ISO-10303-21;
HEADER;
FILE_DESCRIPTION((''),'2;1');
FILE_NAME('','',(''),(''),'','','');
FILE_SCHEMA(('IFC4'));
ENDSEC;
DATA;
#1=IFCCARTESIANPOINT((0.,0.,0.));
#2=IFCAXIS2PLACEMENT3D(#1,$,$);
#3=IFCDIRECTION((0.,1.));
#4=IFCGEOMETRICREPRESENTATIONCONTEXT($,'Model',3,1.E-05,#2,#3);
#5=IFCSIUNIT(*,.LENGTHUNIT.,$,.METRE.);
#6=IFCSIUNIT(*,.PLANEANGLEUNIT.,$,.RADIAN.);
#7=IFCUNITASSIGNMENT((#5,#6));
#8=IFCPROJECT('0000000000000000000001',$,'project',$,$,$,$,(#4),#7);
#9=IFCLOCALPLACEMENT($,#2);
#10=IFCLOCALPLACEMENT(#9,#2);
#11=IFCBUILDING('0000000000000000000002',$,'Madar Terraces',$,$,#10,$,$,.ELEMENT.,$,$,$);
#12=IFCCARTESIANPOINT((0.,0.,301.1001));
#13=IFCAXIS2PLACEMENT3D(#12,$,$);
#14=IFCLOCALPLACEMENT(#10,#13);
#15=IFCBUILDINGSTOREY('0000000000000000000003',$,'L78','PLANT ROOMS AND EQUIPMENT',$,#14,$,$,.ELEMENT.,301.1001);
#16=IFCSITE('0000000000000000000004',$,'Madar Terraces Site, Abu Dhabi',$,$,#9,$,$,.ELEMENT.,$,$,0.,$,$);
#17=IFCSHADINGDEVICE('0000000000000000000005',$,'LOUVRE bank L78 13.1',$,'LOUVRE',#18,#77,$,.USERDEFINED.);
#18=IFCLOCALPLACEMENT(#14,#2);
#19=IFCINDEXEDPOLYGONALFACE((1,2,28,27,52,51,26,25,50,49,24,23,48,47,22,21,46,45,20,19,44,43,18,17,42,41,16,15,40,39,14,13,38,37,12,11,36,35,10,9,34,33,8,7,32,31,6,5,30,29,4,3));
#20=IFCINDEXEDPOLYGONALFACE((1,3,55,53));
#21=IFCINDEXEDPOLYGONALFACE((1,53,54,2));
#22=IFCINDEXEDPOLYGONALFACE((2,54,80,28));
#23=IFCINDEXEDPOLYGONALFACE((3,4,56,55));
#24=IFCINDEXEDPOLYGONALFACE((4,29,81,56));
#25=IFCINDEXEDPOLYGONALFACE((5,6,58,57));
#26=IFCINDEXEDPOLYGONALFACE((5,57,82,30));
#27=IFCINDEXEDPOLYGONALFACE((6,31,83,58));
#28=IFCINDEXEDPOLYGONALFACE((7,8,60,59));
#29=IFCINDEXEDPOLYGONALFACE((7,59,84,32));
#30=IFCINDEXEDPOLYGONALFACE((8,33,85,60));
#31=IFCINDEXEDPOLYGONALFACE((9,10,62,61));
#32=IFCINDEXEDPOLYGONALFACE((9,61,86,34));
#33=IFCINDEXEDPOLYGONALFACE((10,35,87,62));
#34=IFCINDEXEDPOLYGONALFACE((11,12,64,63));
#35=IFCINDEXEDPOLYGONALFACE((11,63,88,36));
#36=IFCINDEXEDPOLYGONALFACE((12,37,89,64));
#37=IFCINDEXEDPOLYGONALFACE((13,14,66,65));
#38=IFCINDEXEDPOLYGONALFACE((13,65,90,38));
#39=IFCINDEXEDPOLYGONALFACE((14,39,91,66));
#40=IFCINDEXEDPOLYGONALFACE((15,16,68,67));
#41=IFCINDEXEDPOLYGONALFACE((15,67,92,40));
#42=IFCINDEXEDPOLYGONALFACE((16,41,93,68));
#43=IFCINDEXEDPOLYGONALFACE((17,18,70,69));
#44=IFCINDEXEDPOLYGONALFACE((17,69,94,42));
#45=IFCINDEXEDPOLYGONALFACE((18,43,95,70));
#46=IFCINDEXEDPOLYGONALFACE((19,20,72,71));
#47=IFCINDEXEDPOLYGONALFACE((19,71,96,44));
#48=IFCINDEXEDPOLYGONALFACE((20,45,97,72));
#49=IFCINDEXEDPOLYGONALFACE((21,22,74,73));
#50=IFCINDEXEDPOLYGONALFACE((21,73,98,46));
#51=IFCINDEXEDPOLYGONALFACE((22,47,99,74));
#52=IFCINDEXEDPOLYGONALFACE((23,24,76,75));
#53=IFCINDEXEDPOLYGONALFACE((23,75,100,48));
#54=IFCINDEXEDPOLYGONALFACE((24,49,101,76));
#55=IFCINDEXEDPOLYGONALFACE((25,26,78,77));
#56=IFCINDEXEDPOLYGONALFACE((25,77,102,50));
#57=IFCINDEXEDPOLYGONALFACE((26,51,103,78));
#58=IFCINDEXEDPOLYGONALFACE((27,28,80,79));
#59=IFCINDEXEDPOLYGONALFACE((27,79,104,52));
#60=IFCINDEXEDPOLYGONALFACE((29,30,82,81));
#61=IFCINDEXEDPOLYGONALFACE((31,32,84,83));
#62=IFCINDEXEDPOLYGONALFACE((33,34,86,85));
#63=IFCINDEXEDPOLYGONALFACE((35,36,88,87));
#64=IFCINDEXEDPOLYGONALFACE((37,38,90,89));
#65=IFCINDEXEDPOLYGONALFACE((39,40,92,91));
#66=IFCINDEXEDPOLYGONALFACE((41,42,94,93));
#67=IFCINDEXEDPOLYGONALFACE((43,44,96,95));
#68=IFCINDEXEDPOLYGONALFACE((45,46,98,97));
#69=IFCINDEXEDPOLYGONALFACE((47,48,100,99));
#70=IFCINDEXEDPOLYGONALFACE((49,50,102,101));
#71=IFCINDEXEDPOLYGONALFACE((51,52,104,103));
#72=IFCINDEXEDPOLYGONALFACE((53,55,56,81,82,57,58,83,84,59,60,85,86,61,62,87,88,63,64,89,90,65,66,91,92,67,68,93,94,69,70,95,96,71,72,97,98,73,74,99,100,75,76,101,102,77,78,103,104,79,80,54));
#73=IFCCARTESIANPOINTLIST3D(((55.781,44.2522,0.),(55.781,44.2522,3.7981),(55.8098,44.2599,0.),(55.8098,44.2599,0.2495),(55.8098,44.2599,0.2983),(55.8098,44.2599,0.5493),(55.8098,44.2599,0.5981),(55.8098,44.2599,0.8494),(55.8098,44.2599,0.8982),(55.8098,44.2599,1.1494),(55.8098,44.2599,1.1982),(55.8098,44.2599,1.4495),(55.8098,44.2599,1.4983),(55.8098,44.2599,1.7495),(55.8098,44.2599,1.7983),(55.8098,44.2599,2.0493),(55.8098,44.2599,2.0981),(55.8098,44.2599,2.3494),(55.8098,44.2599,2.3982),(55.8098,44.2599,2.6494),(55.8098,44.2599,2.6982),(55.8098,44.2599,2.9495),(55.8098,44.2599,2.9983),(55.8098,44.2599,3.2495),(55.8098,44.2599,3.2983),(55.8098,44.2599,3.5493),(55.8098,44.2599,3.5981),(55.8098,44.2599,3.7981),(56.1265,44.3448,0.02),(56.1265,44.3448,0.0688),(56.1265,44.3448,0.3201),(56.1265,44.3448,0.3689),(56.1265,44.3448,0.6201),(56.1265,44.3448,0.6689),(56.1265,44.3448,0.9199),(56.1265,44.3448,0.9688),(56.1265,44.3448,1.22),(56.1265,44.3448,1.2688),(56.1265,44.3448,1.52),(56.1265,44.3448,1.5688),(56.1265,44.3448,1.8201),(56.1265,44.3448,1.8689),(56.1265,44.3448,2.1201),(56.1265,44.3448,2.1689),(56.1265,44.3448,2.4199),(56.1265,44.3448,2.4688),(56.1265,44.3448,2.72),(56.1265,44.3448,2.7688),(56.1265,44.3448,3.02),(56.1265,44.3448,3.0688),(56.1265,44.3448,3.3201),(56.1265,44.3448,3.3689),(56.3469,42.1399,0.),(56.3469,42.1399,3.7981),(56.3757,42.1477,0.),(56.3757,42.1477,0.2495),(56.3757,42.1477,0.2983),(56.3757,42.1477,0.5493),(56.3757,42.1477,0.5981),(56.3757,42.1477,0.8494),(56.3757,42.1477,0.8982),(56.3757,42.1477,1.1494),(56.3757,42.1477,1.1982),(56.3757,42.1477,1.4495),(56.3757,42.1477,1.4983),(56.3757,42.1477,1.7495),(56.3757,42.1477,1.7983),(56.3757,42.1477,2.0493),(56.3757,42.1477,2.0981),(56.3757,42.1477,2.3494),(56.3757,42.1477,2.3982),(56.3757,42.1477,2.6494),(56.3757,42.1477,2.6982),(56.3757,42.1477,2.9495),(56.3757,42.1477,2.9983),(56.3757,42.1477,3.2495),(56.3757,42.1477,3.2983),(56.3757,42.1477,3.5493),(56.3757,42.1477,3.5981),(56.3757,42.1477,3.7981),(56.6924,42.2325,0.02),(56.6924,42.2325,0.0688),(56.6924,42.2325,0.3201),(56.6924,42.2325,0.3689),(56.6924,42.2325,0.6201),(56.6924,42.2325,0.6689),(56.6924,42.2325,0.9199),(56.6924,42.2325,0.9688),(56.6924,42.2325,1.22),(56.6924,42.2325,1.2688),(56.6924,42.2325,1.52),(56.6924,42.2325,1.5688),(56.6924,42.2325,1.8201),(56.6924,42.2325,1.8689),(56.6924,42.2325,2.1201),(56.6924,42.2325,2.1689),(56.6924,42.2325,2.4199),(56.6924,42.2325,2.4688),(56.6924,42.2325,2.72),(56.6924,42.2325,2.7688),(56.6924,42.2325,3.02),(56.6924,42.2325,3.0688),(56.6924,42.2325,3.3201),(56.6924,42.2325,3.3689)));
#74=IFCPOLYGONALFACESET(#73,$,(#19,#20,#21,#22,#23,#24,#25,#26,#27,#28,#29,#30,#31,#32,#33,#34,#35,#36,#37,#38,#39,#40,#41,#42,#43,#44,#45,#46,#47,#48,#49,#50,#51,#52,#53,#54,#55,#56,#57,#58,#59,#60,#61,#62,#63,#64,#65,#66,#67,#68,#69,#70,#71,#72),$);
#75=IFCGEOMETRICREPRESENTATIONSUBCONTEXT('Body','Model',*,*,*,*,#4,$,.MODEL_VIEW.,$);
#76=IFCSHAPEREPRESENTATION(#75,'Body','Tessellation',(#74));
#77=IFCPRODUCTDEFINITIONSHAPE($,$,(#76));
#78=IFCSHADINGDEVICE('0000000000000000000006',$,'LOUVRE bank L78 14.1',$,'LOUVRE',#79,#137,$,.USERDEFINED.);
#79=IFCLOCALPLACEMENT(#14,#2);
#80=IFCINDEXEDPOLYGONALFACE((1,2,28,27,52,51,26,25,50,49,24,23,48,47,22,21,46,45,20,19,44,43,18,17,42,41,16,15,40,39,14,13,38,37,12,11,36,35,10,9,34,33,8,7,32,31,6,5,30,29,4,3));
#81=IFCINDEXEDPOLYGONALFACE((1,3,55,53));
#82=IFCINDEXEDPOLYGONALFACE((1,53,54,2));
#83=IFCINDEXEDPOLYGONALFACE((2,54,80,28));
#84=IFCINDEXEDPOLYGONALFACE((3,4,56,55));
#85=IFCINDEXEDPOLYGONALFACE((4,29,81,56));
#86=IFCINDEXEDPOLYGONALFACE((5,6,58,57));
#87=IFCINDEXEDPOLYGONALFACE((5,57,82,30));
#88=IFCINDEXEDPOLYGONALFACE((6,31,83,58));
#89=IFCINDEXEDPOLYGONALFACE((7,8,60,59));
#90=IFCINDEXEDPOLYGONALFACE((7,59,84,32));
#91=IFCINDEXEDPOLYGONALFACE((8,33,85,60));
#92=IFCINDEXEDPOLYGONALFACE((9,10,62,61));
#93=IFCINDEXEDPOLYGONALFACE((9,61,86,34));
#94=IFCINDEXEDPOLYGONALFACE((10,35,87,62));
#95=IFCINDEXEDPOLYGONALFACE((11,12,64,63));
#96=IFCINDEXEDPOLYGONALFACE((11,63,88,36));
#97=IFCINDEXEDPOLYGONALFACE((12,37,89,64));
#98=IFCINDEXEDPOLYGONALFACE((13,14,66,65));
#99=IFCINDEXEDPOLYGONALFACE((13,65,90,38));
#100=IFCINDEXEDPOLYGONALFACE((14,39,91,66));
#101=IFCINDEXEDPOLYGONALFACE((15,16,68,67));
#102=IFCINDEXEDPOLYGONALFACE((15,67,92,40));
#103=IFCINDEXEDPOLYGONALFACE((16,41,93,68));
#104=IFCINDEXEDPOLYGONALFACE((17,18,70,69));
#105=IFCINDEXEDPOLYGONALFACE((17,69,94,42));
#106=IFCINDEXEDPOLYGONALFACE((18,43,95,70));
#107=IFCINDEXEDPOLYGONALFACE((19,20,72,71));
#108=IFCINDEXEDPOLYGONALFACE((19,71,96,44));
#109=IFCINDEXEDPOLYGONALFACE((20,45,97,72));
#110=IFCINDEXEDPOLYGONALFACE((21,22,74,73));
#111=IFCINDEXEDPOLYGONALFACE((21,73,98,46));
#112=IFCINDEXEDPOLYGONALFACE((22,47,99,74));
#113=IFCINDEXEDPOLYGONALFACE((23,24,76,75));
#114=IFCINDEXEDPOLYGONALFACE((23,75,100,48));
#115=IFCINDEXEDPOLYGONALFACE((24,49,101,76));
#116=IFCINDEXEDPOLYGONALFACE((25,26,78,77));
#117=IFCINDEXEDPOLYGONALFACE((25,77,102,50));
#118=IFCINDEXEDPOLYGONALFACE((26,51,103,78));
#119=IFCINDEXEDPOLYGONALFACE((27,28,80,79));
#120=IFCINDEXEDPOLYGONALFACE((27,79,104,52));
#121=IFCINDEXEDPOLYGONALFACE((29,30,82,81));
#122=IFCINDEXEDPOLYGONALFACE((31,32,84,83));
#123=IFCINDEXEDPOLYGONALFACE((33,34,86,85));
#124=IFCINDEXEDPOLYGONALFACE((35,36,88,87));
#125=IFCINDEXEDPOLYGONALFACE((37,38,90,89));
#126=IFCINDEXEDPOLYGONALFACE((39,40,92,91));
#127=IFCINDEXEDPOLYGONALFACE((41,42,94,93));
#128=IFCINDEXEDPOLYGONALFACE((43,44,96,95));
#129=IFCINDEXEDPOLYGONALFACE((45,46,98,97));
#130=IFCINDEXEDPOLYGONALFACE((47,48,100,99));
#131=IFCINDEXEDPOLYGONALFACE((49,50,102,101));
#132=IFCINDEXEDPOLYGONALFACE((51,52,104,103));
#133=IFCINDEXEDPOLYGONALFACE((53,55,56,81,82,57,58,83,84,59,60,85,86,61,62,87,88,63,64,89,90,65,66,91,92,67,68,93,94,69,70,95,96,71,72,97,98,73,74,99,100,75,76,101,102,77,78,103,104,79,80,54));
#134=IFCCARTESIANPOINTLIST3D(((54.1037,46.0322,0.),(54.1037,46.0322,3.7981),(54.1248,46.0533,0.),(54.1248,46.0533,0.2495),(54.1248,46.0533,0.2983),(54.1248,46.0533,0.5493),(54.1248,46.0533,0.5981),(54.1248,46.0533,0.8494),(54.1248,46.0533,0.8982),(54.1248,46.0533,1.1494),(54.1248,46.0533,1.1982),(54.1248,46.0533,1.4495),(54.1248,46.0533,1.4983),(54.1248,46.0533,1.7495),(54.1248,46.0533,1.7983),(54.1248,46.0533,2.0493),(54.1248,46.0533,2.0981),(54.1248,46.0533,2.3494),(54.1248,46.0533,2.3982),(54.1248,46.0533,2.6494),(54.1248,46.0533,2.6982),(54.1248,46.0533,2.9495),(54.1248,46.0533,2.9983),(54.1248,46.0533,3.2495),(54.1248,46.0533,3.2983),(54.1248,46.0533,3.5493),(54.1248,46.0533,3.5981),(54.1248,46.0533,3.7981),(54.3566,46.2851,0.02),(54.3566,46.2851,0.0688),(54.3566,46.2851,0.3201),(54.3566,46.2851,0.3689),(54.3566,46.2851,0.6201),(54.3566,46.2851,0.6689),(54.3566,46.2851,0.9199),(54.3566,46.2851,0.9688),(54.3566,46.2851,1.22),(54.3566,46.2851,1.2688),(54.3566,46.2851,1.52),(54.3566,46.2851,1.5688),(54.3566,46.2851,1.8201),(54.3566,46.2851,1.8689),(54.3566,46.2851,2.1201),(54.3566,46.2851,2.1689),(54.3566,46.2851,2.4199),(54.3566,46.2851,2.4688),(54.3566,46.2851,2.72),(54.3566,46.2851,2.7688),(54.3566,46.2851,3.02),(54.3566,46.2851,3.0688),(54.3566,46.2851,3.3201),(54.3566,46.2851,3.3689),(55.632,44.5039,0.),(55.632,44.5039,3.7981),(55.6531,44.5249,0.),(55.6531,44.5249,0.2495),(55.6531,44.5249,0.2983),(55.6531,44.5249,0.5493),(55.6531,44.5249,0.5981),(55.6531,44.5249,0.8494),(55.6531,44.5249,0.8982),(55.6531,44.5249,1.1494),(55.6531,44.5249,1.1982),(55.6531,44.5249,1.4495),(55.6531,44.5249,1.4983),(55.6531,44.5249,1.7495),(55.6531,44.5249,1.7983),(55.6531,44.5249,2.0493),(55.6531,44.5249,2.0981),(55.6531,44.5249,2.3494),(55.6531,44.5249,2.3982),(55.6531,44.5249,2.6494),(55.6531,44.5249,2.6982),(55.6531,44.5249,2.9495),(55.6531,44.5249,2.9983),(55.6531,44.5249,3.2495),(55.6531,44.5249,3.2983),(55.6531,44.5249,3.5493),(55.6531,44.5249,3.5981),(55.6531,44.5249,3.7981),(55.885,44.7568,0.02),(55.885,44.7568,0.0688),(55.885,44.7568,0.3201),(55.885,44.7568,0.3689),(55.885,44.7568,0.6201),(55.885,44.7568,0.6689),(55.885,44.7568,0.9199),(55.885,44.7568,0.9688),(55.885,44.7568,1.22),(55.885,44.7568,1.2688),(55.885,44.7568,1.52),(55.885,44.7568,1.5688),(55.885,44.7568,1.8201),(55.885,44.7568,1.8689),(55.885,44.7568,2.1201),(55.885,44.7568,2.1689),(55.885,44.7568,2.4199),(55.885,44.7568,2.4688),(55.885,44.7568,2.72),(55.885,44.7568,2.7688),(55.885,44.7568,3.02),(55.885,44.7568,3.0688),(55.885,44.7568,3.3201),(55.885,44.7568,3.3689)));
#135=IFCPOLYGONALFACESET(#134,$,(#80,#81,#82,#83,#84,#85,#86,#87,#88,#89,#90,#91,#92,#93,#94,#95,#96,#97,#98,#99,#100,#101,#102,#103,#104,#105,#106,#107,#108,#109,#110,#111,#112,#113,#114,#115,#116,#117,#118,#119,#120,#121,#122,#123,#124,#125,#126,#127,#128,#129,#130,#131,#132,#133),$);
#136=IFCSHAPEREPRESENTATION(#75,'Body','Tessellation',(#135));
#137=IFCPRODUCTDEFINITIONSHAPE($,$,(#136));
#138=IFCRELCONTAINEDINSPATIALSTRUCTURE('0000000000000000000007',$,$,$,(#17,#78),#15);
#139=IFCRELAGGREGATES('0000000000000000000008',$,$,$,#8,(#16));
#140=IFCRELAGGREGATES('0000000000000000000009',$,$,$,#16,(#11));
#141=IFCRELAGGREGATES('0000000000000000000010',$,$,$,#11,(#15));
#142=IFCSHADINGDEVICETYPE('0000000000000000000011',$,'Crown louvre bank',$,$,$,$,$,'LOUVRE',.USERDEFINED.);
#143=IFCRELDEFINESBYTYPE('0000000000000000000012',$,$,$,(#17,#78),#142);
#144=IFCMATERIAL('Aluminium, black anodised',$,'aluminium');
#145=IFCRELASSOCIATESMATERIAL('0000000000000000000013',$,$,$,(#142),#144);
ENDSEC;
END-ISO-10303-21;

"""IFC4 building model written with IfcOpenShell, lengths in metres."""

from ifc_helpers import new_model, si_unit, direction, frame, origin, place, context, subcontext, project, spatial, polyline, outline, extrude, material, type_object, element, save


model = new_model("IFC4")

# Units and contexts
model_context = context("Model", 3, precision=1e-05, world=origin(), true_north=direction((0.0, 1.0)))
body_context = subcontext(model_context, "Body", "Model", "MODEL_VIEW")
ifc_project = project(units=[si_unit("LENGTHUNIT", "METRE"), si_unit("PLANEANGLEUNIT", "RADIAN")], contexts=[model_context])

# Site, building, storey
site_placement = place(None, origin())
site = spatial("IfcSite", under=ifc_project, at=site_placement, Name="Madar Terraces Site, Abu Dhabi", CompositionType="ELEMENT", RefElevation=0.0)
building_placement = place(site_placement, origin())
building = spatial("IfcBuilding", under=site, at=building_placement, Name="Madar Terraces", CompositionType="ELEMENT")
storey_placement = place(building_placement, frame((0.0, 0.0, 301.1001)))
storey = spatial("IfcBuildingStorey", under=building, at=storey_placement, Name="L78", Description="PLANT ROOMS AND EQUIPMENT", CompositionType="ELEMENT", Elevation=301.1001)

# Shading devices
ifc_material_1 = material(Name="Aluminium, black anodised", Category="aluminium")
shading_device_type = type_object("IfcShadingDeviceType", Name="Crown louvre bank", ElementType="LOUVRE", PredefinedType="USERDEFINED", material=ifc_material_1)
shading_device_1_placement = place(storey_placement, frame((56.3613, 42.1438, 0.0), z_axis=(-0.258788, 0.965934, 0.0), x_axis=(-0.965934, -0.258788, 0.0)))
element("IfcShadingDevice", 1, at=shading_device_1_placement, inside=storey, type_object=shading_device_type, Name="LOUVRE bank L78 13.1", ObjectType="LOUVRE", PredefinedType="USERDEFINED", context=body_context, shape_type="SweptSolid", body=[
    extrude(outline(polyline([(0.0149, 0.0), (-0.0149, 0.0), (-0.0149, 0.2495), (-0.3428, 0.02), (-0.3428, 0.0688), (-0.0149, 0.2983), (-0.0149, 0.5493), (-0.3428, 0.3201), (-0.3428, 0.3689), (-0.0149, 0.5981), (-0.0149, 0.8494), (-0.3428, 0.6201), (-0.3428, 0.6689), (-0.0149, 0.8982), (-0.0149, 1.1494), (-0.3428, 0.9199), (-0.3428, 0.9688), (-0.0149, 1.1982), (-0.0149, 1.4495), (-0.3428, 1.22), (-0.3428, 1.2688), (-0.0149, 1.4983), (-0.0149, 1.7495), (-0.3428, 1.52), (-0.3428, 1.5688), (-0.0149, 1.7983), (-0.0149, 2.0493), (-0.3428, 1.8201), (-0.3428, 1.8689), (-0.0149, 2.0981), (-0.0149, 2.3494), (-0.3428, 2.1201), (-0.3428, 2.1689), (-0.0149, 2.3982), (-0.0149, 2.6494), (-0.3428, 2.4199), (-0.3428, 2.4688), (-0.0149, 2.6982), (-0.0149, 2.9495), (-0.3428, 2.72), (-0.3428, 2.7688), (-0.0149, 2.9983), (-0.0149, 3.2495), (-0.3428, 3.02), (-0.3428, 3.0688), (-0.0149, 3.2983), (-0.0149, 3.5493), (-0.3428, 3.3201), (-0.3428, 3.3689), (-0.0149, 3.5981), (-0.0149, 3.7981), (0.0149, 3.7981), (0.0149, 0.0)])), origin(), (0.0, 0.0, 1.0), 2.1868),
])
shading_device_2_placement = place(storey_placement, frame((55.6426, 44.5144, 0.0), z_axis=(-0.707107, 0.707107, 0.0), x_axis=(-0.707107, -0.707107, 0.0)))
element("IfcShadingDevice", 2, at=shading_device_2_placement, inside=storey, type_object=shading_device_type, Name="LOUVRE bank L78 14.1", ObjectType="LOUVRE", PredefinedType="USERDEFINED", context=body_context, shape_type="SweptSolid", body=[
    extrude(outline(polyline([(0.0149, 0.0), (-0.0149, 0.0), (-0.0149, 0.2495), (-0.3428, 0.02), (-0.3428, 0.0688), (-0.0149, 0.2983), (-0.0149, 0.5493), (-0.3428, 0.3201), (-0.3428, 0.3689), (-0.0149, 0.5981), (-0.0149, 0.8494), (-0.3428, 0.6201), (-0.3428, 0.6689), (-0.0149, 0.8982), (-0.0149, 1.1494), (-0.3428, 0.9199), (-0.3428, 0.9688), (-0.0149, 1.1982), (-0.0149, 1.4495), (-0.3428, 1.22), (-0.3428, 1.2688), (-0.0149, 1.4983), (-0.0149, 1.7495), (-0.3428, 1.52), (-0.3428, 1.5688), (-0.0149, 1.7983), (-0.0149, 2.0493), (-0.3428, 1.8201), (-0.3428, 1.8689), (-0.0149, 2.0981), (-0.0149, 2.3494), (-0.3428, 2.1201), (-0.3428, 2.1689), (-0.0149, 2.3982), (-0.0149, 2.6494), (-0.3428, 2.4199), (-0.3428, 2.4688), (-0.0149, 2.6982), (-0.0149, 2.9495), (-0.3428, 2.72), (-0.3428, 2.7688), (-0.0149, 2.9983), (-0.0149, 3.2495), (-0.3428, 3.02), (-0.3428, 3.0688), (-0.0149, 3.2983), (-0.0149, 3.5493), (-0.3428, 3.3201), (-0.3428, 3.3689), (-0.0149, 3.5981), (-0.0149, 3.7981), (0.0149, 3.7981), (0.0149, 0.0)])), origin(), (0.0, 0.0, 1.0), 2.1614),
])

save(model, "model.ifc")
